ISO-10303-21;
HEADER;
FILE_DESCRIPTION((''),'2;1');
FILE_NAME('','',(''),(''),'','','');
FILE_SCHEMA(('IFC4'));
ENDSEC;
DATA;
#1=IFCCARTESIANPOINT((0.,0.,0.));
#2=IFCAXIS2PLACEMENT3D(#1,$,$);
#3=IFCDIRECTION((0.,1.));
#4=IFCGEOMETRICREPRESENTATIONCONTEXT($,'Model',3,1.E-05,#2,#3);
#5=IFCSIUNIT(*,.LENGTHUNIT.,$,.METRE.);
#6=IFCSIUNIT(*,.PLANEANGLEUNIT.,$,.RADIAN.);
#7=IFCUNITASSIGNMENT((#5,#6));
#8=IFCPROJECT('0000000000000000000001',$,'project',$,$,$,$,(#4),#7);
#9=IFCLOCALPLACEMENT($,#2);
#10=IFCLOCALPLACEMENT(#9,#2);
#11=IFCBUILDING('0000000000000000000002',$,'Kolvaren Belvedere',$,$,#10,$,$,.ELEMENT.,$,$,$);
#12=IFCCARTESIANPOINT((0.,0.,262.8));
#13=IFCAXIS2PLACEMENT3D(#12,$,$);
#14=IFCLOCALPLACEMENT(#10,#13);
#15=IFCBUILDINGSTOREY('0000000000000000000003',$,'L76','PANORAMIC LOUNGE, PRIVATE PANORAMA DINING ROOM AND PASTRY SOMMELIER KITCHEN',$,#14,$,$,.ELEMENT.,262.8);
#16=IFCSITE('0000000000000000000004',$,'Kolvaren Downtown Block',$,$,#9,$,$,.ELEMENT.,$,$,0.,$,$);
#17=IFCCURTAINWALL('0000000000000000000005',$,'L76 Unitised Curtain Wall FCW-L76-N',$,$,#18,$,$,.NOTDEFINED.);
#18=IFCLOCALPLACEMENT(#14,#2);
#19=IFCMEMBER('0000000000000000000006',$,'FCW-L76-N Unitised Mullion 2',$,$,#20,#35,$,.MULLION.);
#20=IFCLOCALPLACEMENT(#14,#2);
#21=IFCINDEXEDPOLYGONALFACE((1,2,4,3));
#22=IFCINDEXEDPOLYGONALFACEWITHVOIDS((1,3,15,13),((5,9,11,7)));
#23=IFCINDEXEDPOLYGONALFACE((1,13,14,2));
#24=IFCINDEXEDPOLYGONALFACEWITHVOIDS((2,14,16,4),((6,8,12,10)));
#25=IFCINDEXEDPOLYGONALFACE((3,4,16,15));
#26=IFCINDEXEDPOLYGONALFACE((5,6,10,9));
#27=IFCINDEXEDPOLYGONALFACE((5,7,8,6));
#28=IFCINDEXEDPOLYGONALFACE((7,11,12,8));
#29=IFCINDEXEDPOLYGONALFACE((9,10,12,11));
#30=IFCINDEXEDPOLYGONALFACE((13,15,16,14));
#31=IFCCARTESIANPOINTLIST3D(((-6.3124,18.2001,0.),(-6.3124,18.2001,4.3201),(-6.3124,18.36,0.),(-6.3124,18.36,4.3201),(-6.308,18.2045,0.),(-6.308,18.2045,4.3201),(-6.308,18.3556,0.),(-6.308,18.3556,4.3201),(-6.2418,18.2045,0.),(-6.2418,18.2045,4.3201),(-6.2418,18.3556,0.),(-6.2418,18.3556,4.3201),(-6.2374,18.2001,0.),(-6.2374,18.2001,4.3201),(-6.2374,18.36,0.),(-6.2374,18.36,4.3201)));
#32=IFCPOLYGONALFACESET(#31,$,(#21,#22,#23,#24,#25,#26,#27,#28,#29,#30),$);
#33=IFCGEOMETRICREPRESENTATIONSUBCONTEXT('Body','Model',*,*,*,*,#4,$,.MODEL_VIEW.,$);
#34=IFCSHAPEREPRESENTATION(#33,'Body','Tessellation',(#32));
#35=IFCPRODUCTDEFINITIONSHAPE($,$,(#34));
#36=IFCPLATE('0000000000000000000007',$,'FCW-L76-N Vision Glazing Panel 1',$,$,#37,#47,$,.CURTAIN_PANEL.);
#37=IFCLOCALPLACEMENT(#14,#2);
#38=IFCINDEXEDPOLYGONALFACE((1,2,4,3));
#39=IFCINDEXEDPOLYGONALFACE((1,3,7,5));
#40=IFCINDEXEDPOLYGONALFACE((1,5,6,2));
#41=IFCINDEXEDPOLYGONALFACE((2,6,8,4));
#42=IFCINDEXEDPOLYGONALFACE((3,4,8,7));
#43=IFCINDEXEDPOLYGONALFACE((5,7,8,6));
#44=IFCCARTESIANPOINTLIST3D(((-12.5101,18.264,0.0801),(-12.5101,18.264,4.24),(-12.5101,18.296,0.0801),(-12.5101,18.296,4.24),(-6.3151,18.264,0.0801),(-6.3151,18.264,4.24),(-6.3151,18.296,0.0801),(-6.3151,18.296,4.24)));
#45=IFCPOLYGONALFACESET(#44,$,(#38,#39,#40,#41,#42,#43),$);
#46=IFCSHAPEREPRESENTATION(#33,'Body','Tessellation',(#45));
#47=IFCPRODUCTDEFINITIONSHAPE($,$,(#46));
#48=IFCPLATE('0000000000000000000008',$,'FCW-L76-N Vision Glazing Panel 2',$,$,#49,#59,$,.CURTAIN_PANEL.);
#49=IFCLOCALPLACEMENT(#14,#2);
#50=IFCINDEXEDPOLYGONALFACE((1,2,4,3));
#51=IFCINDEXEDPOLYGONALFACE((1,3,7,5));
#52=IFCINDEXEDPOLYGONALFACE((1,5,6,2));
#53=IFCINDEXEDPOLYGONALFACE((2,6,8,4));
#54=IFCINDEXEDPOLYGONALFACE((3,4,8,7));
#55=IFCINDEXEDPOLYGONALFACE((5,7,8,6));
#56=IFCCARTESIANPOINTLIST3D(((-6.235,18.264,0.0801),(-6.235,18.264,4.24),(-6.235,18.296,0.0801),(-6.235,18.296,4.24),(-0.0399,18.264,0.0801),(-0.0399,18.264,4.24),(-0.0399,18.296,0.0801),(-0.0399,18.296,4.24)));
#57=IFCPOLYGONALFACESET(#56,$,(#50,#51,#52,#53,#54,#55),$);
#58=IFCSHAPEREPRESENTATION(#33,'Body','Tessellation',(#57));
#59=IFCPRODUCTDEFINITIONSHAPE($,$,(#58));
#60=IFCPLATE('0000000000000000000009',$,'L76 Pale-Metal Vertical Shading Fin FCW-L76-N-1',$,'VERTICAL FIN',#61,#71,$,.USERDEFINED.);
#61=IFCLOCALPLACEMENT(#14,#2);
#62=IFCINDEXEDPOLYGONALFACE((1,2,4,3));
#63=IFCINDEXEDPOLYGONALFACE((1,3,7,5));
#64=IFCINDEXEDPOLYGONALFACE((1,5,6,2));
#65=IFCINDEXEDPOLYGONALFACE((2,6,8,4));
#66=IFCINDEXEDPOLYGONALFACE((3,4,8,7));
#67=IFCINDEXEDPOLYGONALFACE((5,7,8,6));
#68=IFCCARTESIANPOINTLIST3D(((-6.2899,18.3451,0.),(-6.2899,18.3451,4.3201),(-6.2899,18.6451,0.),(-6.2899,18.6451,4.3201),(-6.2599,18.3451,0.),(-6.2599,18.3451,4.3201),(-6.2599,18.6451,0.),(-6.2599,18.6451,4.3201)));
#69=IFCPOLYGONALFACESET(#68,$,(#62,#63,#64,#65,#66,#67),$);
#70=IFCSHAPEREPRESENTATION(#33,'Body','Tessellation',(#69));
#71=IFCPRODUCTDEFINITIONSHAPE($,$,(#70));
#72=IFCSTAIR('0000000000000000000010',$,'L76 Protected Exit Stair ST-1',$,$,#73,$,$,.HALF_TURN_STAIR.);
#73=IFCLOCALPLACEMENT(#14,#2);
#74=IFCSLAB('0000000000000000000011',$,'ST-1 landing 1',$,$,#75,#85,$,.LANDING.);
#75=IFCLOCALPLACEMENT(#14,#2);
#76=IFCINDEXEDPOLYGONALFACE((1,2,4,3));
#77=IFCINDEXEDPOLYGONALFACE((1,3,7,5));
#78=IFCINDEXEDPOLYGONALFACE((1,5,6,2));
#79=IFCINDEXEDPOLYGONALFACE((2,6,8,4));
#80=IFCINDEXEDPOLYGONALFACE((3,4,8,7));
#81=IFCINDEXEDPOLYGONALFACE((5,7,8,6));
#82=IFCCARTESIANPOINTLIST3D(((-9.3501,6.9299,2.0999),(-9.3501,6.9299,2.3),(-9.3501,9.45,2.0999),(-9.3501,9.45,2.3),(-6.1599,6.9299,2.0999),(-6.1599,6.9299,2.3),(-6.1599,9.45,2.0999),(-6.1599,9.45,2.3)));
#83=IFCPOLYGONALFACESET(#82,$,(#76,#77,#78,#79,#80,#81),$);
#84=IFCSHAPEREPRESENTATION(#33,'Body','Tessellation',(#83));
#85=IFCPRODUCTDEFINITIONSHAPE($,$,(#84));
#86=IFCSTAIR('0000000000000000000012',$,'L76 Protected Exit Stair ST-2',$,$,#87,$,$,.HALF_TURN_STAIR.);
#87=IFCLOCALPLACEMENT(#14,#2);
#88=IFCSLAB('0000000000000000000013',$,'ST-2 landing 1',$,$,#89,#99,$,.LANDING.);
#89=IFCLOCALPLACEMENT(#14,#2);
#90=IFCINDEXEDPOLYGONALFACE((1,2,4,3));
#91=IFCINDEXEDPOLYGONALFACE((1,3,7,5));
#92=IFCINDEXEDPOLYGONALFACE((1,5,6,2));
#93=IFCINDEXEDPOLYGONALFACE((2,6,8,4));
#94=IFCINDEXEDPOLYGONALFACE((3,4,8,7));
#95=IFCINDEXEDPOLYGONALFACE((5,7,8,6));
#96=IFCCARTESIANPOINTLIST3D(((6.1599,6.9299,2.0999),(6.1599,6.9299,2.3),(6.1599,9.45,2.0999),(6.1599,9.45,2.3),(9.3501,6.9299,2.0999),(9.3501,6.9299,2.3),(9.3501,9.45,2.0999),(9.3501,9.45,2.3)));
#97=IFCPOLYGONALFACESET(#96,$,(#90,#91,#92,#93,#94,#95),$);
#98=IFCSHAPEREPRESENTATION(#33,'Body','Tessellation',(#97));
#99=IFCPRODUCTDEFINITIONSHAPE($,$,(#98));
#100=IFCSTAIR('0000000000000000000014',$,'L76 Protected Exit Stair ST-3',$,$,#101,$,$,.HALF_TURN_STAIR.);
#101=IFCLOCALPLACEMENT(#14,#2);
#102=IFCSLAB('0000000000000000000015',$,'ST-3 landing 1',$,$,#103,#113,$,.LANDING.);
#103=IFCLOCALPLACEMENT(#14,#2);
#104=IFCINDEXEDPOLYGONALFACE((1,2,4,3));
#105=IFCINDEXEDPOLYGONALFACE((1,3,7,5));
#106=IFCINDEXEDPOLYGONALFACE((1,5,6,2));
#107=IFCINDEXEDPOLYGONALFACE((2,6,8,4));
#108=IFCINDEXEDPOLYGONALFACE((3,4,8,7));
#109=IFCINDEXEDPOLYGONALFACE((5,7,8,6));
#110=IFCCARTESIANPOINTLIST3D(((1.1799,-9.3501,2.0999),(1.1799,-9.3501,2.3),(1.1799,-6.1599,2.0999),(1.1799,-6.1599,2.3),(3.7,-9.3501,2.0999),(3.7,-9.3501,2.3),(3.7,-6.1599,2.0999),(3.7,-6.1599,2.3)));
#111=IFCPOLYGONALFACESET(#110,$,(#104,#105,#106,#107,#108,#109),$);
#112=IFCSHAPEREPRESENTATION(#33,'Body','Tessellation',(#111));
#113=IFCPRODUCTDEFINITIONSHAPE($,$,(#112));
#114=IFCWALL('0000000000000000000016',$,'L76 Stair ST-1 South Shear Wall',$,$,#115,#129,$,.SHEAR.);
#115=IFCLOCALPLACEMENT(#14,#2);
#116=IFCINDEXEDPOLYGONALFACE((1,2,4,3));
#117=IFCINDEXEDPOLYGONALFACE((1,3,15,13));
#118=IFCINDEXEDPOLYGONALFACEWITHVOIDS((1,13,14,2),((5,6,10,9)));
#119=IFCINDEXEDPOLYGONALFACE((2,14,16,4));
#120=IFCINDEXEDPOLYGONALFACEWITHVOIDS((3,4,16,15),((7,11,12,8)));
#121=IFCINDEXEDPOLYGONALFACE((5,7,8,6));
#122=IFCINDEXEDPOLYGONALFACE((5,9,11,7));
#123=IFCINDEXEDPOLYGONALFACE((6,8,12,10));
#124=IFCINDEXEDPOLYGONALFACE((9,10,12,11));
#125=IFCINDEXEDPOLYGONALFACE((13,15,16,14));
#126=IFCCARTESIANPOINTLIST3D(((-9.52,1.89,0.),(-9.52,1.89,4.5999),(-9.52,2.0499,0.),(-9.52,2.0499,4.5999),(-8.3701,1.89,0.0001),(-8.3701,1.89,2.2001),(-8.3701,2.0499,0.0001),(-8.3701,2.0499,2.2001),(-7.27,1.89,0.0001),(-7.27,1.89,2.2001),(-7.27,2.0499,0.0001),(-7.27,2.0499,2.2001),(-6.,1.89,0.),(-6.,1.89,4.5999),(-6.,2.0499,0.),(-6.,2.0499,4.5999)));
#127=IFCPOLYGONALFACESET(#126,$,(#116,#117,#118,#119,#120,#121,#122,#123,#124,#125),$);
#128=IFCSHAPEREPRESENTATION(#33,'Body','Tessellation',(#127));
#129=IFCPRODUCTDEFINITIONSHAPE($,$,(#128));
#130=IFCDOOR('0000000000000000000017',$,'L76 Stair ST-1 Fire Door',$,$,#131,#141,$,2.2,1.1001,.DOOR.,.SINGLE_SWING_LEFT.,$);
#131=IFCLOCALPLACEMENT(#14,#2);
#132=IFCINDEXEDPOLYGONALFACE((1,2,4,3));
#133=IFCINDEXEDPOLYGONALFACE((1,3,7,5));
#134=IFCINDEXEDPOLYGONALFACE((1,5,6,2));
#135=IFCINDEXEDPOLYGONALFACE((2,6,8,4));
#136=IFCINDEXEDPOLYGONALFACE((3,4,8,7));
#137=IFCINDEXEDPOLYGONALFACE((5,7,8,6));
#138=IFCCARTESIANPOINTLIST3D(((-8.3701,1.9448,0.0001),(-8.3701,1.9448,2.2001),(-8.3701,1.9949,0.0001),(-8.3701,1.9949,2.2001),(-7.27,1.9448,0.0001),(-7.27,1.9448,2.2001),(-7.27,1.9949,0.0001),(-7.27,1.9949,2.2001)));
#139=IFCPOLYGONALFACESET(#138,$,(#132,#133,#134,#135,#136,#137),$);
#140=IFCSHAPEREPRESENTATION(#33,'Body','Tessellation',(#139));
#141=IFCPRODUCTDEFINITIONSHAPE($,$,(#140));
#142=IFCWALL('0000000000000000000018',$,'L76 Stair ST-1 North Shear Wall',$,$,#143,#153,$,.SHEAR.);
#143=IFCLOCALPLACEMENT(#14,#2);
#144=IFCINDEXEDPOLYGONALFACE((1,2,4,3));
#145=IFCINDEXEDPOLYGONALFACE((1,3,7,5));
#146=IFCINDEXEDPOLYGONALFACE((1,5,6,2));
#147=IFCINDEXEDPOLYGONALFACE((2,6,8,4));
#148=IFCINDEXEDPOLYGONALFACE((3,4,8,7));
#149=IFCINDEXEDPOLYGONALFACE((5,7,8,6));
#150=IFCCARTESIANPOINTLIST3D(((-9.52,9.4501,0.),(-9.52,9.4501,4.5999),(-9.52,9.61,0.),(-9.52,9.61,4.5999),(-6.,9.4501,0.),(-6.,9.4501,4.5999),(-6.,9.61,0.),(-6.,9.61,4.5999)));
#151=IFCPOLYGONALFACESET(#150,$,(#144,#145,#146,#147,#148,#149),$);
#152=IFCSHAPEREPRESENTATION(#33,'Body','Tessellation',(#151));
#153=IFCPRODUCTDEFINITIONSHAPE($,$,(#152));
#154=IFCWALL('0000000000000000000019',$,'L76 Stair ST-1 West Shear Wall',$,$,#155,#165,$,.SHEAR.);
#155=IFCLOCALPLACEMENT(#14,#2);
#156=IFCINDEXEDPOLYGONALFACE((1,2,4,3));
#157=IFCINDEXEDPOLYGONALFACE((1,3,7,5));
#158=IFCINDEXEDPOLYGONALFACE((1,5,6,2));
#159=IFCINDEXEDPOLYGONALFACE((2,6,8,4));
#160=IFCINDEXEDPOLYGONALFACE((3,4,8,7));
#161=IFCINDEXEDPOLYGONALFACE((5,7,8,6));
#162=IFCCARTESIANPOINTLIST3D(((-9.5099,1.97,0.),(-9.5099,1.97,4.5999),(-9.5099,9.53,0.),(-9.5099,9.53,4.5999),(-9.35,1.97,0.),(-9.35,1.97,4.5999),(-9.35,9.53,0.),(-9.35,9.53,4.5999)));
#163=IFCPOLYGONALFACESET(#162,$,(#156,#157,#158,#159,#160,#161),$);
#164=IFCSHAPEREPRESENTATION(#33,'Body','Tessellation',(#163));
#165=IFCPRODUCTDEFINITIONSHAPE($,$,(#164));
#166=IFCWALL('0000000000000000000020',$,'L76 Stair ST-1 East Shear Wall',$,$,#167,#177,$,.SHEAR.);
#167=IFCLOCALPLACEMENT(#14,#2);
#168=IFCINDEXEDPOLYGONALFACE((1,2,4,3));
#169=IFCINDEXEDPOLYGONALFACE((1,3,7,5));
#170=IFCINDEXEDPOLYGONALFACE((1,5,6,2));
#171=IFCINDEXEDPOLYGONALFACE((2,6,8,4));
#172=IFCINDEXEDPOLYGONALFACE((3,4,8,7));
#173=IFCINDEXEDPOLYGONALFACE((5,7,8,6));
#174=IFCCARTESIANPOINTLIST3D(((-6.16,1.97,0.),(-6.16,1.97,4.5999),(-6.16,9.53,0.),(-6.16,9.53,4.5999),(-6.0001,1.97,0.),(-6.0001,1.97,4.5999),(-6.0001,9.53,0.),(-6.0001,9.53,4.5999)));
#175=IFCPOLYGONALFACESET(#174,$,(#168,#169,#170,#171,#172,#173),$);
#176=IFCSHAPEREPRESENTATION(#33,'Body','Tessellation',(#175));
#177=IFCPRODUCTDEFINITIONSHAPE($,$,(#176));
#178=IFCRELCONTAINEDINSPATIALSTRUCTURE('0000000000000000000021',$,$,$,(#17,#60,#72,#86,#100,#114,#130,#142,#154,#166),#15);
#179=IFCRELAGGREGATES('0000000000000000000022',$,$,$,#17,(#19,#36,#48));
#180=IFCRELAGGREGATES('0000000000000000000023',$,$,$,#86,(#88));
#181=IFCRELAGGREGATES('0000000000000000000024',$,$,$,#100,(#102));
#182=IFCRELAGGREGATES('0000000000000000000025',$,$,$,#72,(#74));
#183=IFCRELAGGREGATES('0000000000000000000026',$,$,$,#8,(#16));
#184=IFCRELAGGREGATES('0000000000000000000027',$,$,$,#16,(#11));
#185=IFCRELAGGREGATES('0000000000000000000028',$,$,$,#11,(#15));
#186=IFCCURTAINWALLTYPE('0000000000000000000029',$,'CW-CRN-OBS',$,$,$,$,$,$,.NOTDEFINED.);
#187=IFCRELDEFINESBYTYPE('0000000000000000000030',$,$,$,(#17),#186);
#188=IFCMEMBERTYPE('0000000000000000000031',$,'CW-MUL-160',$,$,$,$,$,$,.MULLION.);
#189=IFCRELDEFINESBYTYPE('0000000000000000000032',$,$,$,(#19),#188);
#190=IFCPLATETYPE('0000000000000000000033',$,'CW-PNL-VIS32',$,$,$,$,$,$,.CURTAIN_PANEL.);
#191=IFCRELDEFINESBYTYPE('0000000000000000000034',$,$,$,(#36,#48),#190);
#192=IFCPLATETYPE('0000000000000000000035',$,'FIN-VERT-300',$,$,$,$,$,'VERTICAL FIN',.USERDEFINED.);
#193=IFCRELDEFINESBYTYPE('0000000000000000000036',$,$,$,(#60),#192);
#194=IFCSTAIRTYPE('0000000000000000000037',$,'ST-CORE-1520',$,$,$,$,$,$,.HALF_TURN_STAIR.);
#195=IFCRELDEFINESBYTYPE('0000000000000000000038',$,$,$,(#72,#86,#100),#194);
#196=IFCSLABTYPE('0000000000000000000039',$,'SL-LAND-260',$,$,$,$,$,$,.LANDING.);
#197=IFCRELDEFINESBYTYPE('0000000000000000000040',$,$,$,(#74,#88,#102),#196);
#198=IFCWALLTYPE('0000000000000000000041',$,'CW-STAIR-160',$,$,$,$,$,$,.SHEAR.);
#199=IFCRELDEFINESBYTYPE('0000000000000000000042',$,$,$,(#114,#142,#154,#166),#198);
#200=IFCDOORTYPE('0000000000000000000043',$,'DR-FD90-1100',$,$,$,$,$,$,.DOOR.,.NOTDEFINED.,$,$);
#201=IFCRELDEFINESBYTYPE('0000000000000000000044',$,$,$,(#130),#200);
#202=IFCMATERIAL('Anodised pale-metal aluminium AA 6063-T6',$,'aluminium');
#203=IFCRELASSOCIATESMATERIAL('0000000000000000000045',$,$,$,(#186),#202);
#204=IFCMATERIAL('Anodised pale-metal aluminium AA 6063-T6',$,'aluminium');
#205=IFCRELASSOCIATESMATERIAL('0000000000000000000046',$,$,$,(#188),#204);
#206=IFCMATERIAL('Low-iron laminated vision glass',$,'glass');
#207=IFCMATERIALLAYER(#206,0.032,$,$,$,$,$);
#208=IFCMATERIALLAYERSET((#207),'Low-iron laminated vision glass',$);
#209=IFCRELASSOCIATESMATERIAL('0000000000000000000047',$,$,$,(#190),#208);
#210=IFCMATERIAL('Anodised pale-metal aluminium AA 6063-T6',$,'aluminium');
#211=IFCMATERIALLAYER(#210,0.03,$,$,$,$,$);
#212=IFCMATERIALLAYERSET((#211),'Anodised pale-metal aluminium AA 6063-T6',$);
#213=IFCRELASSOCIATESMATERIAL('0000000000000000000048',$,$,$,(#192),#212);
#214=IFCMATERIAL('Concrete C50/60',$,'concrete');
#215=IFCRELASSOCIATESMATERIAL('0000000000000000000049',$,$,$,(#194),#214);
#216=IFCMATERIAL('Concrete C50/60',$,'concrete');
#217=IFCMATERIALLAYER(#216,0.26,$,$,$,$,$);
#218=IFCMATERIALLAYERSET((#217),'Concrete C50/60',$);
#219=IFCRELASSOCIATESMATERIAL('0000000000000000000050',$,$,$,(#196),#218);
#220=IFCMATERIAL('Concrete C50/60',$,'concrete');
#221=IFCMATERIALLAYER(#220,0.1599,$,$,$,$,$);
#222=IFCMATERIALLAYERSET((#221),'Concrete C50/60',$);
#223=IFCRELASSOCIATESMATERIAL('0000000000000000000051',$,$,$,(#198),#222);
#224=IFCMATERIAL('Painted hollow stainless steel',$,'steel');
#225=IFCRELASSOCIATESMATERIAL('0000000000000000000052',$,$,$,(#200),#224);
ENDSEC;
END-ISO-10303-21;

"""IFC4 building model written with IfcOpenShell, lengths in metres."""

from ifc_helpers import new_model, si_unit, direction, frame, frame_2d, origin, origin_2d, place, context, subcontext, project, spatial, polyline, rectangle, hollow_rectangle, outline, extrude, material, layer, layer_set, material_profile, profile_set, type_object, element, fill, aggregate, save


model = new_model("IFC4")

# Units and contexts
model_context = context("Model", 3, precision=1e-05, world=origin(), true_north=direction((0.0, 1.0)))
body_context = subcontext(model_context, "Body", "Model", "MODEL_VIEW")
ifc_project = project(units=[si_unit("LENGTHUNIT", "METRE"), si_unit("PLANEANGLEUNIT", "RADIAN")], contexts=[model_context])

# Site, building, storey
site_placement = place(None, origin())
site = spatial("IfcSite", under=ifc_project, at=site_placement, Name="Kolvaren Downtown Block", CompositionType="ELEMENT", RefElevation=0.0)
building_placement = place(site_placement, origin())
building = spatial("IfcBuilding", under=site, at=building_placement, Name="Kolvaren Belvedere", CompositionType="ELEMENT")
storey_placement = place(building_placement, frame((0.0, 0.0, 262.8)))
storey = spatial("IfcBuildingStorey", under=building, at=storey_placement, Name="L76", Description="PANORAMIC LOUNGE, PRIVATE PANORAMA DINING ROOM AND PASTRY SOMMELIER KITCHEN", CompositionType="ELEMENT", Elevation=262.8)

# Curtain wall, member, plates
ifc_material_1 = material(Name="Anodised pale-metal aluminium AA 6063-T6", Category="aluminium")
curtain_wall_type = type_object("IfcCurtainWallType", Name="CW-CRN-OBS", PredefinedType="NOTDEFINED", material=ifc_material_1)
curtain_wall_placement = place(storey_placement, origin())
curtain_wall = element("IfcCurtainWall", 1, at=curtain_wall_placement, inside=storey, type_object=curtain_wall_type, Name="L76 Unitised Curtain Wall FCW-L76-N", PredefinedType="NOTDEFINED")
ifc_material_2 = material(Name="Anodised pale-metal aluminium AA 6063-T6", Category="aluminium")
ifc_material_profile_1 = material_profile(ifc_material_2, hollow_rectangle(XDim=0.075, YDim=0.1599, WallThickness=0.0044, at=origin_2d()), Name="ALU-MUL-160X75")
ifc_profile_set_1 = profile_set([ifc_material_profile_1], Name="Anodised pale-metal aluminium AA 6063-T6")
member_type = type_object("IfcMemberType", Name="CW-MUL-160", PredefinedType="MULLION", material=ifc_profile_set_1)
member_placement = place(storey_placement, frame((-6.2749, 18.28, 0.0), z_axis=(0.0, 0.0, 1.0), x_axis=(1.0, 0.0, 0.0)))
member = element("IfcMember", 2, at=member_placement, type_object=member_type, Name="FCW-L76-N Unitised Mullion 2", PredefinedType="MULLION", context=body_context, shape_type="SweptSolid", body=[
    extrude(hollow_rectangle(XDim=0.075, YDim=0.1599, WallThickness=0.0044, at=origin_2d()), origin(), (0.0, 0.0, 1.0), 4.3201),
])
ifc_material_3 = material(Name="Low-iron laminated vision glass", Category="glass")
ifc_layer_1 = layer(ifc_material_3, 0.032)
ifc_layer_set_1 = layer_set([ifc_layer_1], Name="Low-iron laminated vision glass")
plate_type_1 = type_object("IfcPlateType", Name="CW-PNL-VIS32", PredefinedType="CURTAIN_PANEL", material=ifc_layer_set_1)
plate_1_placement = place(storey_placement, frame((-9.4126, 18.28, 0.0801), z_axis=(0.0, 0.0, 1.0), x_axis=(1.0, 0.0, 0.0)))
plate_1 = element("IfcPlate", 3, at=plate_1_placement, type_object=plate_type_1, Name="FCW-L76-N Vision Glazing Panel 1", PredefinedType="CURTAIN_PANEL", context=body_context, shape_type="SweptSolid", body=[
    extrude(rectangle(XDim=6.1951, YDim=0.032, at=origin_2d()), origin(), (0.0, 0.0, 1.0), 4.1599),
])
plate_2_placement = place(storey_placement, frame((-3.1375, 18.28, 0.0801), z_axis=(0.0, 0.0, 1.0), x_axis=(1.0, 0.0, 0.0)))
plate_2 = element("IfcPlate", 4, at=plate_2_placement, type_object=plate_type_1, Name="FCW-L76-N Vision Glazing Panel 2", PredefinedType="CURTAIN_PANEL", context=body_context, shape_type="SweptSolid", body=[
    extrude(rectangle(XDim=6.1951, YDim=0.032, at=origin_2d()), origin(), (0.0, 0.0, 1.0), 4.1599),
])
aggregate(curtain_wall, [member, plate_1, plate_2])

# Plate
ifc_material_4 = material(Name="Anodised pale-metal aluminium AA 6063-T6", Category="aluminium")
ifc_layer_2 = layer(ifc_material_4, 0.03)
ifc_layer_set_2 = layer_set([ifc_layer_2], Name="Anodised pale-metal aluminium AA 6063-T6")
plate_type_2 = type_object("IfcPlateType", Name="FIN-VERT-300", ElementType="VERTICAL FIN", PredefinedType="USERDEFINED", material=ifc_layer_set_2)
plate_3_placement = place(storey_placement, frame((-6.2749, 18.4951, 0.0), z_axis=(0.0, 0.0, 1.0), x_axis=(0.0, 1.0, 0.0)))
element("IfcPlate", 5, at=plate_3_placement, inside=storey, type_object=plate_type_2, Name="L76 Pale-Metal Vertical Shading Fin FCW-L76-N-1", ObjectType="VERTICAL FIN", PredefinedType="USERDEFINED", context=body_context, shape_type="SweptSolid", body=[
    extrude(rectangle(XDim=0.3, YDim=0.03, at=origin_2d()), origin(), (0.0, 0.0, 1.0), 4.3201),
])

# Stairs, slabs
ifc_material_5 = material(Name="Concrete C50/60", Category="concrete")
stair_type = type_object("IfcStairType", Name="ST-CORE-1520", PredefinedType="HALF_TURN_STAIR", material=ifc_material_5)
stair_1_placement = place(storey_placement, origin())
stair_1 = element("IfcStair", 6, at=stair_1_placement, inside=storey, type_object=stair_type, Name="L76 Protected Exit Stair ST-1", PredefinedType="HALF_TURN_STAIR")
ifc_material_6 = material(Name="Concrete C50/60", Category="concrete")
ifc_layer_3 = layer(ifc_material_6, 0.26)
ifc_layer_set_3 = layer_set([ifc_layer_3], Name="Concrete C50/60")
slab_type = type_object("IfcSlabType", Name="SL-LAND-260", PredefinedType="LANDING", material=ifc_layer_set_3)
slab_1_placement = place(storey_placement, frame((0.0, 0.0, 2.0999)))
slab_1 = element("IfcSlab", 7, at=slab_1_placement, type_object=slab_type, Name="ST-1 landing 1", PredefinedType="LANDING", context=body_context, shape_type="SweptSolid", body=[
    extrude(outline(polyline([(-6.1599, 6.9299), (-6.1599, 9.45), (-9.3501, 9.45), (-9.3501, 6.9299), (-6.1599, 6.9299)])), origin(), (0.0, 0.0, 1.0), 0.2002),
])
stair_2_placement = place(storey_placement, origin())
stair_2 = element("IfcStair", 8, at=stair_2_placement, inside=storey, type_object=stair_type, Name="L76 Protected Exit Stair ST-2", PredefinedType="HALF_TURN_STAIR")
slab_2_placement = place(storey_placement, frame((0.0, 0.0, 2.0999)))
slab_2 = element("IfcSlab", 9, at=slab_2_placement, type_object=slab_type, Name="ST-2 landing 1", PredefinedType="LANDING", context=body_context, shape_type="SweptSolid", body=[
    extrude(outline(polyline([(9.3501, 6.9299), (9.3501, 9.45), (6.1599, 9.45), (6.1599, 6.9299), (9.3501, 6.9299)])), origin(), (0.0, 0.0, 1.0), 0.2002),
])
aggregate(stair_2, [slab_2])
stair_3_placement = place(storey_placement, origin())
stair_3 = element("IfcStair", 10, at=stair_3_placement, inside=storey, type_object=stair_type, Name="L76 Protected Exit Stair ST-3", PredefinedType="HALF_TURN_STAIR")
slab_3_placement = place(storey_placement, frame((0.0, 0.0, 2.0999)))
slab_3 = element("IfcSlab", 11, at=slab_3_placement, type_object=slab_type, Name="ST-3 landing 1", PredefinedType="LANDING", context=body_context, shape_type="SweptSolid", body=[
    extrude(outline(polyline([(1.1799, -9.3501), (3.7, -9.3501), (3.7, -6.1599), (1.1799, -6.1599), (1.1799, -9.3501)])), origin(), (0.0, 0.0, 1.0), 0.2002),
])
aggregate(stair_3, [slab_3])

# Wall, opening, door
ifc_material_7 = material(Name="Concrete C50/60", Category="concrete")
ifc_layer_4 = layer(ifc_material_7, 0.1599)
ifc_layer_set_4 = layer_set([ifc_layer_4], Name="Concrete C50/60")
wall_type_1 = type_object("IfcWallType", Name="CW-STAIR-160", PredefinedType="SHEAR", material=ifc_layer_set_4)
wall_1_placement = place(storey_placement, frame((-9.52, 1.97, 0.0), z_axis=(0.0, 0.0, 1.0), x_axis=(1.0, 0.0, 0.0)))
wall_1 = element("IfcWall", 12, at=wall_1_placement, inside=storey, type_object=wall_type_1, Name="L76 Stair ST-1 South Shear Wall", PredefinedType="SHEAR", context=body_context, shape_type="SweptSolid", body=[
    extrude(rectangle(XDim=3.52, YDim=0.1599, at=frame_2d((1.76, 0.0))), origin(), (0.0, 0.0, 1.0), 4.5999),
])
opening_1_placement = place(wall_1_placement, frame((1.1499, 0.0, 0.0)))
opening_1 = element("IfcOpeningElement", 13, at=opening_1_placement, cuts=wall_1, PredefinedType="OPENING", context=body_context, shape_type="SweptSolid", body=[
    extrude(rectangle(XDim=1.1001, YDim=2.2, at=frame_2d((0.55, 1.1001))), frame((0.0, 0.0898, 0.0), z_axis=(0.0, -1.0, 0.0), x_axis=(1.0, 0.0, 0.0)), (0.0, 0.0, 1.0), 0.1799),
])
ifc_material_8 = material(Name="Painted hollow stainless steel", Category="steel")
door_type_1 = type_object("IfcDoorType", Name="DR-FD90-1100", OperationType="NOTDEFINED", PredefinedType="DOOR", material=ifc_material_8)
door_1_placement = place(opening_1_placement, origin())
door_1 = element("IfcDoor", 14, at=door_1_placement, inside=storey, type_object=door_type_1, Name="L76 Stair ST-1 Fire Door", OperationType="SINGLE_SWING_LEFT", OverallHeight=2.2, OverallWidth=1.1001, PredefinedType="DOOR", context=body_context, shape_type="SweptSolid", body=[
    extrude(rectangle(XDim=1.1001, YDim=2.2, at=frame_2d((0.55, 1.1001))), frame((0.0, 0.0249, 0.0), z_axis=(0.0, -1.0, 0.0), x_axis=(1.0, 0.0, 0.0)), (0.0, 0.0, 1.0), 0.05),
])
fill(opening_1, door_1)

# Walls
wall_2_placement = place(storey_placement, frame((-9.52, 9.53, 0.0), z_axis=(0.0, 0.0, 1.0), x_axis=(1.0, 0.0, 0.0)))
element("IfcWall", 15, at=wall_2_placement, inside=storey, type_object=wall_type_1, Name="L76 Stair ST-1 North Shear Wall", PredefinedType="SHEAR", context=body_context, shape_type="SweptSolid", body=[
    extrude(rectangle(XDim=3.52, YDim=0.1599, at=frame_2d((1.76, 0.0))), origin(), (0.0, 0.0, 1.0), 4.5999),
])
for number, where, z_axis, x_axis, name in (
    (16, (-9.4299, 1.97, 0.0), (0.0, 0.0, 1.0), (0.0, 1.0, 0.0), "L76 Stair ST-1 West Shear Wall"),
    (17, (-6.0801, 1.97, 0.0), (0.0, 0.0, 1.0), (0.0, 1.0, 0.0), "L76 Stair ST-1 East Shear Wall"),
):
    element("IfcWall", number, at=place(storey_placement, frame(where, z_axis=z_axis, x_axis=x_axis)), inside=storey, type_object=wall_type_1, Name=name, PredefinedType="SHEAR", context=body_context, shape_type="SweptSolid", body=[
        extrude(rectangle(XDim=7.5601, YDim=0.1599, at=frame_2d((3.78, 0.0))), origin(), (0.0, 0.0, 1.0), 4.5999),
    ])

aggregate(stair_1, [slab_1])

save(model, "model.ifc")
